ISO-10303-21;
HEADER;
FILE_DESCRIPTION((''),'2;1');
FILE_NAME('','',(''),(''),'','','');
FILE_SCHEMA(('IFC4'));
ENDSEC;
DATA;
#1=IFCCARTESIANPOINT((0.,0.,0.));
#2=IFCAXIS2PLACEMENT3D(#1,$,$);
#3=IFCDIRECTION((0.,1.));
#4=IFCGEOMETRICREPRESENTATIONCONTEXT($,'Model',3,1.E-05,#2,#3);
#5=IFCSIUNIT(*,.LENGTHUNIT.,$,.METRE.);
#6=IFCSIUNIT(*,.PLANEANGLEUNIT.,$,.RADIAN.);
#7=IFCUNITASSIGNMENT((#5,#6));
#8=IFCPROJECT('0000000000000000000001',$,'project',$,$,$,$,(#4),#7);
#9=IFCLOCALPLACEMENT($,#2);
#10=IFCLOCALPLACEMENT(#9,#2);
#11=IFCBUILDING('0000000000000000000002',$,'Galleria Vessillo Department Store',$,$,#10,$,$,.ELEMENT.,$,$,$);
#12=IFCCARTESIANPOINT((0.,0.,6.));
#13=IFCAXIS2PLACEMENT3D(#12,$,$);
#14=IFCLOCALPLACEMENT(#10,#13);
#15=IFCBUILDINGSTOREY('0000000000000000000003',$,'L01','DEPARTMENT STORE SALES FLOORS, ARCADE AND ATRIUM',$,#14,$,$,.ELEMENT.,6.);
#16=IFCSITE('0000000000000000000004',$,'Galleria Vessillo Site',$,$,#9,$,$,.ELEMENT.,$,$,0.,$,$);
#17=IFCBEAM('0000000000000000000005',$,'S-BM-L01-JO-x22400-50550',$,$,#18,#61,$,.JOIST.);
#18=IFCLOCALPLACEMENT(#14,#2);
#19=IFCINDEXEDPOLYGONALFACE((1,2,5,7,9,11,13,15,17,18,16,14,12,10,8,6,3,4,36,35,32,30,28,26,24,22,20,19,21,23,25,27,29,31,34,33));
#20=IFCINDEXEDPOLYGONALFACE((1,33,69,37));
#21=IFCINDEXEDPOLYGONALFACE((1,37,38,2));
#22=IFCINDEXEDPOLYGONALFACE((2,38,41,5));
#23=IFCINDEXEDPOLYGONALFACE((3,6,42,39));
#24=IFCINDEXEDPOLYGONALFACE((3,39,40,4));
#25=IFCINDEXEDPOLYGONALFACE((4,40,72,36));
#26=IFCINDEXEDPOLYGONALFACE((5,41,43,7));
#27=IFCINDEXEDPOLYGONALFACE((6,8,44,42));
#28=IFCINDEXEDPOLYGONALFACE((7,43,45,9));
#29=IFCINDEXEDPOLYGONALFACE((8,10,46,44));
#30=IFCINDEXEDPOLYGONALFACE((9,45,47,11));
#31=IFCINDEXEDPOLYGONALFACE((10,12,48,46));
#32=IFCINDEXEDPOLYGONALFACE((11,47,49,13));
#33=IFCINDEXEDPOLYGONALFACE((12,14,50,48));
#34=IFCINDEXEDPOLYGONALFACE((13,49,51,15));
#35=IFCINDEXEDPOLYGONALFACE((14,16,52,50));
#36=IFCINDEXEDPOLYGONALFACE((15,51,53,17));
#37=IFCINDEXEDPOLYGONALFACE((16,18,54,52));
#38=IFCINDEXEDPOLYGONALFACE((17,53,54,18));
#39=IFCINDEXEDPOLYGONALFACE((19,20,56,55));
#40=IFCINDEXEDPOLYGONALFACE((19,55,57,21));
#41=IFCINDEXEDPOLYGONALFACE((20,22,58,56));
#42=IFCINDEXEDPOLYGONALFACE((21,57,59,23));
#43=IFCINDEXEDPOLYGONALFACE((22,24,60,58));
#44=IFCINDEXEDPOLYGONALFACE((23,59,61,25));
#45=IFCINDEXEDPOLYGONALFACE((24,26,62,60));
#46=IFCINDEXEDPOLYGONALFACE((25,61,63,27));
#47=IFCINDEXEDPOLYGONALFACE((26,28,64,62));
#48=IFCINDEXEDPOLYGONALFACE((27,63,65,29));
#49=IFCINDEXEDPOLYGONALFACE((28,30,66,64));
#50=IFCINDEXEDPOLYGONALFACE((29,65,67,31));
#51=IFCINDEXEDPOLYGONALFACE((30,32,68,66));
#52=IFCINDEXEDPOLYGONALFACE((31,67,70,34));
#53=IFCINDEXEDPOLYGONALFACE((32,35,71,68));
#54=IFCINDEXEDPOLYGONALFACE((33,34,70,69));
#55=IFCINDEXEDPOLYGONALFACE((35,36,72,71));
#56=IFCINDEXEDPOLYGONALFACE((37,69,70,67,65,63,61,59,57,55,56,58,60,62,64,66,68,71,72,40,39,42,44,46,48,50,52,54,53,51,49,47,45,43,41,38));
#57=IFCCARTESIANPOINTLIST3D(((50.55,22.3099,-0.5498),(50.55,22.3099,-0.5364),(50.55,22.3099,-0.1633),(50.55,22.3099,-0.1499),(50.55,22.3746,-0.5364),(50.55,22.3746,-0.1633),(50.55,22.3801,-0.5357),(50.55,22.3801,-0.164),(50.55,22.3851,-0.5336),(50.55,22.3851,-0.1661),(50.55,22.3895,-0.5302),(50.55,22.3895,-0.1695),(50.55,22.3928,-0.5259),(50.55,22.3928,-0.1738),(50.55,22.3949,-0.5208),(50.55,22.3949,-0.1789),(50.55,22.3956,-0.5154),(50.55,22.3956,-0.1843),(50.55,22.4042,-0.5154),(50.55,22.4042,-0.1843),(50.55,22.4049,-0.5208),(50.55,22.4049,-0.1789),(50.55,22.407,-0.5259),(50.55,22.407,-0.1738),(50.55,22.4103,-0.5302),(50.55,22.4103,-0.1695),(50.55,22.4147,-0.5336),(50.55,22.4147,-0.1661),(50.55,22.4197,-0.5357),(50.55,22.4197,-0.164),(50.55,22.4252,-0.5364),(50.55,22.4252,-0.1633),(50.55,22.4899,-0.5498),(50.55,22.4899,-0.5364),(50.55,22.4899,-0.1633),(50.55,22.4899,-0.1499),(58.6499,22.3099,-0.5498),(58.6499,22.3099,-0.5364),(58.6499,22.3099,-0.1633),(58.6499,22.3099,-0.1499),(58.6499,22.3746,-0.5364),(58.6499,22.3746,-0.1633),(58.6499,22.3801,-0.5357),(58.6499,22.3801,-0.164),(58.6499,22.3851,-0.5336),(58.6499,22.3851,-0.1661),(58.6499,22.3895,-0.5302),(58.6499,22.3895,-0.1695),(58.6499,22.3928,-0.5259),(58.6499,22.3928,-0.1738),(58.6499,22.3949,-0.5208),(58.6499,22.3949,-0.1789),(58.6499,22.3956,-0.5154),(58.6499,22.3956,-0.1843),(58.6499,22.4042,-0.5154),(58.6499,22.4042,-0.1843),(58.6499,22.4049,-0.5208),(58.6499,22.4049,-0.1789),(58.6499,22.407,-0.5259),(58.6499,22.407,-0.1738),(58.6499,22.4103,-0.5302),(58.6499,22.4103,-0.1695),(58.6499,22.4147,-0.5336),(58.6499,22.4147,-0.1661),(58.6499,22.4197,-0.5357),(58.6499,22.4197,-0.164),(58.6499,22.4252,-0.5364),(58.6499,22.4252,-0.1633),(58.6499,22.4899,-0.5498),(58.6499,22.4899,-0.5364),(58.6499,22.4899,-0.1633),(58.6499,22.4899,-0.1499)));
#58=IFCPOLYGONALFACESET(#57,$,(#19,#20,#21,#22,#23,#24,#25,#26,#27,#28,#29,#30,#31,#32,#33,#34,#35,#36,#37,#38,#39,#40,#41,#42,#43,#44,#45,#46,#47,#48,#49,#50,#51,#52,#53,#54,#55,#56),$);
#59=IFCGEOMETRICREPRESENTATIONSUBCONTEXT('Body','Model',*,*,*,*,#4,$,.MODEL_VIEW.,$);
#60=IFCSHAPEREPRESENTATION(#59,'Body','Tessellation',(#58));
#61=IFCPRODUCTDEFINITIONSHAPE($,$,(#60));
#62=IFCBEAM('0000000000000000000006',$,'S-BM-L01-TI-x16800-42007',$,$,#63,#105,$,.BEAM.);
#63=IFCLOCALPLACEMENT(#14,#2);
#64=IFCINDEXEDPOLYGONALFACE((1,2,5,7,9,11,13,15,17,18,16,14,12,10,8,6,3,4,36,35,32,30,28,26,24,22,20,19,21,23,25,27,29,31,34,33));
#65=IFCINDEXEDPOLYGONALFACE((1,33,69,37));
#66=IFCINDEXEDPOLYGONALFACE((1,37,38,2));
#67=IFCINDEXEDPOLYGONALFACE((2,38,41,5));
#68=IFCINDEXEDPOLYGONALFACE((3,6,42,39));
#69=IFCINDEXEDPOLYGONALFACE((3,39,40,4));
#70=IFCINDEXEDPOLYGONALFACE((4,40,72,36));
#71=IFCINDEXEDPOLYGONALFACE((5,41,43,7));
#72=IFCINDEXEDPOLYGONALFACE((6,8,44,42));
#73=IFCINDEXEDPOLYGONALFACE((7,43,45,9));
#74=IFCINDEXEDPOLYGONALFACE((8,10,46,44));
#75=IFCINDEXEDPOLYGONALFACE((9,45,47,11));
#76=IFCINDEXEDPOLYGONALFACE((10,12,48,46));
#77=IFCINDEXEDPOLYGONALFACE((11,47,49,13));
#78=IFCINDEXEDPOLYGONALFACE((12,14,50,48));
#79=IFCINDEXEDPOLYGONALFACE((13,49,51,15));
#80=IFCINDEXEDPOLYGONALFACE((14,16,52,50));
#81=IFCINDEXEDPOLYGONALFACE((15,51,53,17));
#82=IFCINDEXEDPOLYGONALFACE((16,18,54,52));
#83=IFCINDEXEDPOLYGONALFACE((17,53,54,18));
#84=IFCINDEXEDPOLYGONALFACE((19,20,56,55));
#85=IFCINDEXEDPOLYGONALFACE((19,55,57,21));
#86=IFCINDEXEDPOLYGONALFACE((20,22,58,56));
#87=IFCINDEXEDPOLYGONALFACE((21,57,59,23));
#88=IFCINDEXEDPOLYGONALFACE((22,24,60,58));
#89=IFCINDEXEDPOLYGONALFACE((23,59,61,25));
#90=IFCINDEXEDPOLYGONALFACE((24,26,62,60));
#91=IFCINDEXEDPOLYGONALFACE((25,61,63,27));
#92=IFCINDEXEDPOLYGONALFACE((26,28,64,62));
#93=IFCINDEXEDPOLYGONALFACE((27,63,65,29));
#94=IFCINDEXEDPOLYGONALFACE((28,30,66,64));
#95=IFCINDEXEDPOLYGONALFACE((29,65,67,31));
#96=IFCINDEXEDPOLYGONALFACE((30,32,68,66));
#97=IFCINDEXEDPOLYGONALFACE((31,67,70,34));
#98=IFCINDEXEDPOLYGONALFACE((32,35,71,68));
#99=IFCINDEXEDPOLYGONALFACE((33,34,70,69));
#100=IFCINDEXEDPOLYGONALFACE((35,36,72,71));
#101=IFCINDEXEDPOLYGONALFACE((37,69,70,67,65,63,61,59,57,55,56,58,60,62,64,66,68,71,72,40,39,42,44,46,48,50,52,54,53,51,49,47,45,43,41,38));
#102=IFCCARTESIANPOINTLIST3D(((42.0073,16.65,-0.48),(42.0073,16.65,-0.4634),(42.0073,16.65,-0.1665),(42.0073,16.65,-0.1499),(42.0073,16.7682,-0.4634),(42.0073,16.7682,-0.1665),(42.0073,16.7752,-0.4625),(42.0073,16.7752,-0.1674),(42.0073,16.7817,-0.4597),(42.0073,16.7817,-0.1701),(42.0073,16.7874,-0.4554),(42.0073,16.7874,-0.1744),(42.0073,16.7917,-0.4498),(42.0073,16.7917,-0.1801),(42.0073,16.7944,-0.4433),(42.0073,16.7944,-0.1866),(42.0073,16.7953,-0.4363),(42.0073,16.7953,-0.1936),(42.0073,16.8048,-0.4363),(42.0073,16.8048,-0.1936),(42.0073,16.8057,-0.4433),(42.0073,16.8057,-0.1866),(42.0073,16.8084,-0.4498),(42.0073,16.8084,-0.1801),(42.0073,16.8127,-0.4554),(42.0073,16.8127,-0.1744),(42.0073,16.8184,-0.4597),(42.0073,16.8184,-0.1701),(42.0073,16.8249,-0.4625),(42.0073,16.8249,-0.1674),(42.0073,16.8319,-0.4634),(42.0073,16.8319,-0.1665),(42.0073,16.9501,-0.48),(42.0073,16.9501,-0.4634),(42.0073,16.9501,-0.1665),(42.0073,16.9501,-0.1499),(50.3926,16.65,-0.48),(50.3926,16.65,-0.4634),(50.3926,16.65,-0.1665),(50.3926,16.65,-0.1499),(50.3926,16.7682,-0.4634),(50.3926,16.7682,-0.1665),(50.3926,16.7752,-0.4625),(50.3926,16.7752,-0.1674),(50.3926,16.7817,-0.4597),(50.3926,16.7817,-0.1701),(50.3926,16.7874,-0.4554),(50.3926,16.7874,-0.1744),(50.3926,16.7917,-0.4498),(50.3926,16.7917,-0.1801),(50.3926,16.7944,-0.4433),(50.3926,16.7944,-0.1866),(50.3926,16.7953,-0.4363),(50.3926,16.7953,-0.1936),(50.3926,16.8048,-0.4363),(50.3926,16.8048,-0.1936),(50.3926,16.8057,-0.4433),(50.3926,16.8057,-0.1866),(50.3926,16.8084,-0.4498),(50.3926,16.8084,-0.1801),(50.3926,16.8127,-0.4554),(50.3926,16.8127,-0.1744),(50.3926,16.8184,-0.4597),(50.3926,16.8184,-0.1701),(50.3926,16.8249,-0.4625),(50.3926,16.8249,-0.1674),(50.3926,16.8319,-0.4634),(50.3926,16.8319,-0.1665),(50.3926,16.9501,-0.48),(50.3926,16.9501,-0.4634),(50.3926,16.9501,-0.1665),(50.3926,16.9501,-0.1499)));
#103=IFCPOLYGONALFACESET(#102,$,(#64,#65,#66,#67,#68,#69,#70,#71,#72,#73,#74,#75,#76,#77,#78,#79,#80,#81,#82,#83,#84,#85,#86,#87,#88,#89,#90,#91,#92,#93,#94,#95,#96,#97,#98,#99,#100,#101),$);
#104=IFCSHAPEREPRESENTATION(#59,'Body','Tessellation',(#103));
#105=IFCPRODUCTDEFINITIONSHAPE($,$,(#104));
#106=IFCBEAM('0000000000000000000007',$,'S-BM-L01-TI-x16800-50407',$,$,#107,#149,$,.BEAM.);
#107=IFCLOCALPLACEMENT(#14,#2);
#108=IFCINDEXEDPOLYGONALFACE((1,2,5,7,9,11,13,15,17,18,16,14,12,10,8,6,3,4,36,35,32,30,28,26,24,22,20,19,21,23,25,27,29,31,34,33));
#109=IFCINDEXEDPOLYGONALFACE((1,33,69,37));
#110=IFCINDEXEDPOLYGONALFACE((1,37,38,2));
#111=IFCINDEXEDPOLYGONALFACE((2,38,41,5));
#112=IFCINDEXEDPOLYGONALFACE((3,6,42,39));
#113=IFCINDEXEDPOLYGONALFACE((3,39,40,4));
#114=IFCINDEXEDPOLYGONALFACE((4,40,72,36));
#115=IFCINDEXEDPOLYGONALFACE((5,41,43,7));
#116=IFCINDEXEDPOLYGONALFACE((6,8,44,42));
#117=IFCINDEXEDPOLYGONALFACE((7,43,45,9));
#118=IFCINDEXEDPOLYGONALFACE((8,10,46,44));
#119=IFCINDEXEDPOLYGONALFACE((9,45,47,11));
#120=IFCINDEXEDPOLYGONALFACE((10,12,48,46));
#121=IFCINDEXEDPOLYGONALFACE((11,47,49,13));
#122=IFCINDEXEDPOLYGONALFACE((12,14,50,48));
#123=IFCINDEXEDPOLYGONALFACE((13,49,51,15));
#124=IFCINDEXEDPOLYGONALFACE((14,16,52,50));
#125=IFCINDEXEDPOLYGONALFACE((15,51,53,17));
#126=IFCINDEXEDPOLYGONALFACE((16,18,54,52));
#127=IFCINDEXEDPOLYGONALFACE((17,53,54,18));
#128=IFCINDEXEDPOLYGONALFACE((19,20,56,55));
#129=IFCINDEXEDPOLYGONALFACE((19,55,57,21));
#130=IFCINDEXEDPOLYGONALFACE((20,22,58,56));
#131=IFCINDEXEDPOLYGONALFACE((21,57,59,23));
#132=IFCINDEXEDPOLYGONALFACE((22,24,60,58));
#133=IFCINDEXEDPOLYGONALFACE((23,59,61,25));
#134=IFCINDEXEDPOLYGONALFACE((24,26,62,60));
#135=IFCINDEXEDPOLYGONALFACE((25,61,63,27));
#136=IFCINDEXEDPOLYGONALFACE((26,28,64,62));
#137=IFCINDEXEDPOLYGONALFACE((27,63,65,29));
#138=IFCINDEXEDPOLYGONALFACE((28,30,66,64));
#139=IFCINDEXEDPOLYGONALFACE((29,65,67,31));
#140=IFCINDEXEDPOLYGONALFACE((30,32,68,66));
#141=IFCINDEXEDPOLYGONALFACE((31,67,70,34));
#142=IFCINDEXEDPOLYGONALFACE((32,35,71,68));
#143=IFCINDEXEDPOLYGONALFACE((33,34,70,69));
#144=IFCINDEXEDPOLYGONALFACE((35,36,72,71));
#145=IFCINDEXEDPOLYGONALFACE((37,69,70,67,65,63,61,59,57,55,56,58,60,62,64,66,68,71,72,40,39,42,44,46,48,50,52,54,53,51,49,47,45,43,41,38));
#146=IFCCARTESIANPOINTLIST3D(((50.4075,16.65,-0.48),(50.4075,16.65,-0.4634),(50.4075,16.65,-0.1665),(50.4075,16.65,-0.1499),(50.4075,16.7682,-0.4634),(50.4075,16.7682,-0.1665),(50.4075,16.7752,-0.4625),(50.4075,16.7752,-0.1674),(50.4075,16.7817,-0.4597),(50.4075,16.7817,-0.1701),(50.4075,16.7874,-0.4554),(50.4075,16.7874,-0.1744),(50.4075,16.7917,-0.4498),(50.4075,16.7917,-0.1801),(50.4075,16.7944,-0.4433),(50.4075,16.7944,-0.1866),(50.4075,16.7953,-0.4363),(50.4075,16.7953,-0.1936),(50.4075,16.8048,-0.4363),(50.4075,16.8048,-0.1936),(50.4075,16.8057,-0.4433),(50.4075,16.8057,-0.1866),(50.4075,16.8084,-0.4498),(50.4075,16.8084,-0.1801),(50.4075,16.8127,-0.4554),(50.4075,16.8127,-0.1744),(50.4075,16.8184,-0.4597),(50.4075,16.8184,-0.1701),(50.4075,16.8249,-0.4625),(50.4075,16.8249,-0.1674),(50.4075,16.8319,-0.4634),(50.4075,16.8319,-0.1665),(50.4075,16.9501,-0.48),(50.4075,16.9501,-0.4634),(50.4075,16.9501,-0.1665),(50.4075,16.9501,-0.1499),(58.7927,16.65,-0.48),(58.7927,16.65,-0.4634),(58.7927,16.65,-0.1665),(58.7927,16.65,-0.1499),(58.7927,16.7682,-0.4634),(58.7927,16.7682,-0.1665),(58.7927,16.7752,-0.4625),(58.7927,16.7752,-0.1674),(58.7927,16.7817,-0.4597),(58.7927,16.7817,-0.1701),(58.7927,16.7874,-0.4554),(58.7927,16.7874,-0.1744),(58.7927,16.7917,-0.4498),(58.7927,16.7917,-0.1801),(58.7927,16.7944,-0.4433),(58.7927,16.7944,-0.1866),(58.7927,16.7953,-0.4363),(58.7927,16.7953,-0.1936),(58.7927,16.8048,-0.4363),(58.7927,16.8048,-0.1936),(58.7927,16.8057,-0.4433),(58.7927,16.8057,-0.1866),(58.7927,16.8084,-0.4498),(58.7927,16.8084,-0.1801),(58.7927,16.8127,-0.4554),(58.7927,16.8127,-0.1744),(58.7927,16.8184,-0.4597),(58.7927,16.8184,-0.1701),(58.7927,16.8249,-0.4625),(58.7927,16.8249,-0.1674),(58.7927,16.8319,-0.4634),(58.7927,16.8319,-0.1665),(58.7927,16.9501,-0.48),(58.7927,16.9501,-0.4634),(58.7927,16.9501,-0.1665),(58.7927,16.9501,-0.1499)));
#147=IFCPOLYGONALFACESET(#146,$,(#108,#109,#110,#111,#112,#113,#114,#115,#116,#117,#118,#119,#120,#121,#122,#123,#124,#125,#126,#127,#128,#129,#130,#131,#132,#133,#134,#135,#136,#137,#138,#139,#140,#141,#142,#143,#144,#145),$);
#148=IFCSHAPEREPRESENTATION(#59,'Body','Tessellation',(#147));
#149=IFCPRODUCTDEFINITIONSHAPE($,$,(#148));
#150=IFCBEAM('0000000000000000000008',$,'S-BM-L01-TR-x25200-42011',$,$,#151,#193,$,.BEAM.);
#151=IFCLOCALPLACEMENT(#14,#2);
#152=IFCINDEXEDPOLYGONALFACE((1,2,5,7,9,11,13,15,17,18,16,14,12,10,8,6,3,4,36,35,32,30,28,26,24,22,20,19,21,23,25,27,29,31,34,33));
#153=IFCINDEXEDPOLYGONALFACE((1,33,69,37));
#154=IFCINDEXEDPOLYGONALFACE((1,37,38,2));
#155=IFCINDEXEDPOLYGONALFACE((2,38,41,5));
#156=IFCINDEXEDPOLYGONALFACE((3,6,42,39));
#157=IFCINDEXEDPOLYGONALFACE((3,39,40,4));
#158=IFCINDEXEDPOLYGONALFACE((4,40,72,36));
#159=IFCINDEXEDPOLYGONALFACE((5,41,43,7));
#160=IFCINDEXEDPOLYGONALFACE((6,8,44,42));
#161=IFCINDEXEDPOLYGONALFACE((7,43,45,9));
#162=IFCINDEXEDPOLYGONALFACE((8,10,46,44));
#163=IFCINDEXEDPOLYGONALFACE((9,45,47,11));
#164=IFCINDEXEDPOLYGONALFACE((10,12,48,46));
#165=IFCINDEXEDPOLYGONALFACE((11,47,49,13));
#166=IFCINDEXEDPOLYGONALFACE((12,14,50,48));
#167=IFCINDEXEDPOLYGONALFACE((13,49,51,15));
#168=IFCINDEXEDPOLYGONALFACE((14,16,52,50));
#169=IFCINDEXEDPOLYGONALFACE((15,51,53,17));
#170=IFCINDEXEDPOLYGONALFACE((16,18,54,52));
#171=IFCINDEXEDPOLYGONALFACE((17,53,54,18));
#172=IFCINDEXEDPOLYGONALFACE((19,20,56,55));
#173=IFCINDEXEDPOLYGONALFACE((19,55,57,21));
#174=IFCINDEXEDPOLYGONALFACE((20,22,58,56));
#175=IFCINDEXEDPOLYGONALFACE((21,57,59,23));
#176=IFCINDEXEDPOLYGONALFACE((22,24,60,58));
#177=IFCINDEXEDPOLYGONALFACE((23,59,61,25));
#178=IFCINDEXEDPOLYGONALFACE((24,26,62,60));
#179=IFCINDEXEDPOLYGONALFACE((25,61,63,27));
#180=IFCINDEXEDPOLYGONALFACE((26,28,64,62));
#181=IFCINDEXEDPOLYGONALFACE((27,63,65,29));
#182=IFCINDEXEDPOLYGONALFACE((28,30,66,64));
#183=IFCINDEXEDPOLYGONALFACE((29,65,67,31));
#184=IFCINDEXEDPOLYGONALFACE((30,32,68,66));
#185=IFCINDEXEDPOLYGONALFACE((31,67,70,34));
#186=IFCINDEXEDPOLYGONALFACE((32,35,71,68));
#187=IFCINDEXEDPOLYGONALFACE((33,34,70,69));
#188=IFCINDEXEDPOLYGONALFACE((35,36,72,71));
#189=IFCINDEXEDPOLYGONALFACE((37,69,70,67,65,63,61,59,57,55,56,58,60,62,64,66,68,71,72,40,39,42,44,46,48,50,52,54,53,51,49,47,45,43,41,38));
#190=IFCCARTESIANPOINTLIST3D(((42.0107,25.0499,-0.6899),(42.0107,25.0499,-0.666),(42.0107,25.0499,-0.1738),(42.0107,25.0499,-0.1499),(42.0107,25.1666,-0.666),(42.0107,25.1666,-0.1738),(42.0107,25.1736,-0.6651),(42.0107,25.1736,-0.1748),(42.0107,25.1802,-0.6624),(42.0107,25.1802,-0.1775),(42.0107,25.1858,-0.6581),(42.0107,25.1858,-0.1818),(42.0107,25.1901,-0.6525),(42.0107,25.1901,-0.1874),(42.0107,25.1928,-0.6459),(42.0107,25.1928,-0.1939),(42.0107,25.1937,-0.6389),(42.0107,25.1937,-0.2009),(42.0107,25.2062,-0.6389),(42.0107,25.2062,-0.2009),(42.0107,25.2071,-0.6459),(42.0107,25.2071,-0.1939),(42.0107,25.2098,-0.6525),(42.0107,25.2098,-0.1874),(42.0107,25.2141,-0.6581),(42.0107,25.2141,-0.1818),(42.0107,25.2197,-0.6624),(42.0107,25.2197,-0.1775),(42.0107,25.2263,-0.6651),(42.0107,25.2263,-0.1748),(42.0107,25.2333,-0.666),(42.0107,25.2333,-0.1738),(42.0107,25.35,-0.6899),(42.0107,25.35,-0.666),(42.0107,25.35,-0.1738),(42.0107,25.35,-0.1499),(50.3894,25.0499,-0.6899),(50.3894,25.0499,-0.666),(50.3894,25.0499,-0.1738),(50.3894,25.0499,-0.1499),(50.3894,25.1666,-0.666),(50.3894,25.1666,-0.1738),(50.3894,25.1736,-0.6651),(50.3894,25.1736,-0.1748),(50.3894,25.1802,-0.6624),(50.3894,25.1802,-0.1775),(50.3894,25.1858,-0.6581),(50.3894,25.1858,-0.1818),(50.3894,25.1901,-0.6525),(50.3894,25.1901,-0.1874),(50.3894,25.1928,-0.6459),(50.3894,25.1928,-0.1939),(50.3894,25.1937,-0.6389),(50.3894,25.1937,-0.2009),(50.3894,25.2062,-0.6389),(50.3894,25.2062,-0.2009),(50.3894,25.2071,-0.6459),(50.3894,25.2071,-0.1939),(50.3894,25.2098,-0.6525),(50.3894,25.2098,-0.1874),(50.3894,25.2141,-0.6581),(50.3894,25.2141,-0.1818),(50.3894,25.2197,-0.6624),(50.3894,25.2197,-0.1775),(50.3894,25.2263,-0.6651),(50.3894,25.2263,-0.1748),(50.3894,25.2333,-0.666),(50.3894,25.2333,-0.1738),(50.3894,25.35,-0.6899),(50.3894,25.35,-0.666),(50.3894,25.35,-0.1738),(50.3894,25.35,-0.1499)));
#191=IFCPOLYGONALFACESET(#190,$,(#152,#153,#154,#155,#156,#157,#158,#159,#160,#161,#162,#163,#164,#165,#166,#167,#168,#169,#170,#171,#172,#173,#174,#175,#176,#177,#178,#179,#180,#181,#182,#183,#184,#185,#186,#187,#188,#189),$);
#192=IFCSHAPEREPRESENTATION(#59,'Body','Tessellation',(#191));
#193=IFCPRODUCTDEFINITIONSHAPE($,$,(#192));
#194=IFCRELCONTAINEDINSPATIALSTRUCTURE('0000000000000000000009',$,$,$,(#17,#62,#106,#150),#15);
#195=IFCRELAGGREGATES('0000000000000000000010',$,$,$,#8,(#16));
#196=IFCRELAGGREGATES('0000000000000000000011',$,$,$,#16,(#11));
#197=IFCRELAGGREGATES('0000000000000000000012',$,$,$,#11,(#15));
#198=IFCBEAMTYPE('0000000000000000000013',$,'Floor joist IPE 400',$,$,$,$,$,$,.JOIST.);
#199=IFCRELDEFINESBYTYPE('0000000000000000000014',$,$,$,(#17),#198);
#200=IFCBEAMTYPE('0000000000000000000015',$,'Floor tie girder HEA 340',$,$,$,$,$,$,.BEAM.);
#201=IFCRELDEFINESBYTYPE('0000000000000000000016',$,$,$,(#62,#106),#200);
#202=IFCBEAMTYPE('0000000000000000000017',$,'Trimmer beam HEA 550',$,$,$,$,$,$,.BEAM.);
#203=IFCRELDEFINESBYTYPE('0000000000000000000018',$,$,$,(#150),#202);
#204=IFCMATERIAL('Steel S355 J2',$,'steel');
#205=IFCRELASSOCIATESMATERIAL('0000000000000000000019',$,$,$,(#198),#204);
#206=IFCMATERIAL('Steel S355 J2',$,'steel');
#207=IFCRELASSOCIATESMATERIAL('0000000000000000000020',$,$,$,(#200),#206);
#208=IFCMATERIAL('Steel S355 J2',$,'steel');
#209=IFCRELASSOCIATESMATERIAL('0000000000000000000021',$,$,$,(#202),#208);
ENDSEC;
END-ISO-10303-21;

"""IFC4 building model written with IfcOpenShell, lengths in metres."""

from ifc_helpers import new_model, si_unit, direction, frame, origin, origin_2d, place, context, subcontext, project, spatial, i_section, extrude, material, material_profile, profile_set, type_object, element, save


model = new_model("IFC4")

# Units and contexts
model_context = context("Model", 3, precision=1e-05, world=origin(), true_north=direction((0.0, 1.0)))
body_context = subcontext(model_context, "Body", "Model", "MODEL_VIEW")
ifc_project = project(units=[si_unit("LENGTHUNIT", "METRE"), si_unit("PLANEANGLEUNIT", "RADIAN")], contexts=[model_context])

# Site, building, storey
site_placement = place(None, origin())
site = spatial("IfcSite", under=ifc_project, at=site_placement, Name="Galleria Vessillo Site", CompositionType="ELEMENT", RefElevation=0.0)
building_placement = place(site_placement, origin())
building = spatial("IfcBuilding", under=site, at=building_placement, Name="Galleria Vessillo Department Store", CompositionType="ELEMENT")
storey_placement = place(building_placement, frame((0.0, 0.0, 6.0)))
storey = spatial("IfcBuildingStorey", under=building, at=storey_placement, Name="L01", Description="DEPARTMENT STORE SALES FLOORS, ARCADE AND ATRIUM", CompositionType="ELEMENT", Elevation=6.0)

# Beams
ifc_material_1 = material(Name="Steel S355 J2", Category="steel")
ifc_material_profile_1 = material_profile(ifc_material_1, i_section(OverallWidth=0.1799, OverallDepth=0.3999, WebThickness=0.0085, FlangeThickness=0.0134, FilletRadius=0.021, at=origin_2d()), Name="IPE 400")
ifc_profile_set_1 = profile_set([ifc_material_profile_1], Name="Steel S355 J2")
beam_type_1 = type_object("IfcBeamType", Name="Floor joist IPE 400", PredefinedType="JOIST", material=ifc_profile_set_1)
for number, where, z_axis, x_axis, name in (
    (1, (50.55, 22.3999, -0.3499), (1.0, 0.0, 0.0), (0.0, 1.0, 0.0), "S-BM-L01-JO-x22400-50550"),
):
    element("IfcBeam", number, at=place(storey_placement, frame(where, z_axis=z_axis, x_axis=x_axis)), inside=storey, type_object=beam_type_1, Name=name, PredefinedType="JOIST", context=body_context, shape_type="SweptSolid", body=[
        extrude(i_section(OverallWidth=0.1799, OverallDepth=0.3999, WebThickness=0.0085, FlangeThickness=0.0134, FilletRadius=0.021, at=origin_2d()), origin(), (0.0, 0.0, 1.0), 8.0999),
    ])
ifc_material_2 = material(Name="Steel S355 J2", Category="steel")
ifc_material_profile_2 = material_profile(ifc_material_2, i_section(OverallWidth=0.3, OverallDepth=0.3301, WebThickness=0.0095, FlangeThickness=0.0166, FilletRadius=0.0271, at=origin_2d()), Name="HEA 340")
ifc_profile_set_2 = profile_set([ifc_material_profile_2], Name="Steel S355 J2")
beam_type_2 = type_object("IfcBeamType", Name="Floor tie girder HEA 340", PredefinedType="BEAM", material=ifc_profile_set_2)
for number, where, z_axis, x_axis, name in (
    (2, (42.0073, 16.8, -0.3149), (1.0, 0.0, 0.0), (0.0, 1.0, 0.0), "S-BM-L01-TI-x16800-42007"),
    (3, (50.4075, 16.8, -0.3149), (1.0, 0.0, 0.0), (0.0, 1.0, 0.0), "S-BM-L01-TI-x16800-50407"),
):
    element("IfcBeam", number, at=place(storey_placement, frame(where, z_axis=z_axis, x_axis=x_axis)), inside=storey, type_object=beam_type_2, Name=name, PredefinedType="BEAM", context=body_context, shape_type="SweptSolid", body=[
        extrude(i_section(OverallWidth=0.3, OverallDepth=0.3301, WebThickness=0.0095, FlangeThickness=0.0166, FilletRadius=0.0271, at=origin_2d()), origin(), (0.0, 0.0, 1.0), 8.3853),
    ])
ifc_material_3 = material(Name="Steel S355 J2", Category="steel")
ifc_material_profile_3 = material_profile(ifc_material_3, i_section(OverallWidth=0.3, OverallDepth=0.54, WebThickness=0.0125, FlangeThickness=0.0239, FilletRadius=0.0271, at=origin_2d()), Name="HEA 550")
ifc_profile_set_3 = profile_set([ifc_material_profile_3], Name="Steel S355 J2")
beam_type_3 = type_object("IfcBeamType", Name="Trimmer beam HEA 550", PredefinedType="BEAM", material=ifc_profile_set_3)
for number, where, z_axis, x_axis, name in (
    (4, (42.0107, 25.2, -0.4199), (1.0, 0.0, 0.0), (0.0, 1.0, 0.0), "S-BM-L01-TR-x25200-42011"),
):
    element("IfcBeam", number, at=place(storey_placement, frame(where, z_axis=z_axis, x_axis=x_axis)), inside=storey, type_object=beam_type_3, Name=name, PredefinedType="BEAM", context=body_context, shape_type="SweptSolid", body=[
        extrude(i_section(OverallWidth=0.3, OverallDepth=0.54, WebThickness=0.0125, FlangeThickness=0.0239, FilletRadius=0.0271, at=origin_2d()), origin(), (0.0, 0.0, 1.0), 8.3787),
    ])

save(model, "model.ifc")
